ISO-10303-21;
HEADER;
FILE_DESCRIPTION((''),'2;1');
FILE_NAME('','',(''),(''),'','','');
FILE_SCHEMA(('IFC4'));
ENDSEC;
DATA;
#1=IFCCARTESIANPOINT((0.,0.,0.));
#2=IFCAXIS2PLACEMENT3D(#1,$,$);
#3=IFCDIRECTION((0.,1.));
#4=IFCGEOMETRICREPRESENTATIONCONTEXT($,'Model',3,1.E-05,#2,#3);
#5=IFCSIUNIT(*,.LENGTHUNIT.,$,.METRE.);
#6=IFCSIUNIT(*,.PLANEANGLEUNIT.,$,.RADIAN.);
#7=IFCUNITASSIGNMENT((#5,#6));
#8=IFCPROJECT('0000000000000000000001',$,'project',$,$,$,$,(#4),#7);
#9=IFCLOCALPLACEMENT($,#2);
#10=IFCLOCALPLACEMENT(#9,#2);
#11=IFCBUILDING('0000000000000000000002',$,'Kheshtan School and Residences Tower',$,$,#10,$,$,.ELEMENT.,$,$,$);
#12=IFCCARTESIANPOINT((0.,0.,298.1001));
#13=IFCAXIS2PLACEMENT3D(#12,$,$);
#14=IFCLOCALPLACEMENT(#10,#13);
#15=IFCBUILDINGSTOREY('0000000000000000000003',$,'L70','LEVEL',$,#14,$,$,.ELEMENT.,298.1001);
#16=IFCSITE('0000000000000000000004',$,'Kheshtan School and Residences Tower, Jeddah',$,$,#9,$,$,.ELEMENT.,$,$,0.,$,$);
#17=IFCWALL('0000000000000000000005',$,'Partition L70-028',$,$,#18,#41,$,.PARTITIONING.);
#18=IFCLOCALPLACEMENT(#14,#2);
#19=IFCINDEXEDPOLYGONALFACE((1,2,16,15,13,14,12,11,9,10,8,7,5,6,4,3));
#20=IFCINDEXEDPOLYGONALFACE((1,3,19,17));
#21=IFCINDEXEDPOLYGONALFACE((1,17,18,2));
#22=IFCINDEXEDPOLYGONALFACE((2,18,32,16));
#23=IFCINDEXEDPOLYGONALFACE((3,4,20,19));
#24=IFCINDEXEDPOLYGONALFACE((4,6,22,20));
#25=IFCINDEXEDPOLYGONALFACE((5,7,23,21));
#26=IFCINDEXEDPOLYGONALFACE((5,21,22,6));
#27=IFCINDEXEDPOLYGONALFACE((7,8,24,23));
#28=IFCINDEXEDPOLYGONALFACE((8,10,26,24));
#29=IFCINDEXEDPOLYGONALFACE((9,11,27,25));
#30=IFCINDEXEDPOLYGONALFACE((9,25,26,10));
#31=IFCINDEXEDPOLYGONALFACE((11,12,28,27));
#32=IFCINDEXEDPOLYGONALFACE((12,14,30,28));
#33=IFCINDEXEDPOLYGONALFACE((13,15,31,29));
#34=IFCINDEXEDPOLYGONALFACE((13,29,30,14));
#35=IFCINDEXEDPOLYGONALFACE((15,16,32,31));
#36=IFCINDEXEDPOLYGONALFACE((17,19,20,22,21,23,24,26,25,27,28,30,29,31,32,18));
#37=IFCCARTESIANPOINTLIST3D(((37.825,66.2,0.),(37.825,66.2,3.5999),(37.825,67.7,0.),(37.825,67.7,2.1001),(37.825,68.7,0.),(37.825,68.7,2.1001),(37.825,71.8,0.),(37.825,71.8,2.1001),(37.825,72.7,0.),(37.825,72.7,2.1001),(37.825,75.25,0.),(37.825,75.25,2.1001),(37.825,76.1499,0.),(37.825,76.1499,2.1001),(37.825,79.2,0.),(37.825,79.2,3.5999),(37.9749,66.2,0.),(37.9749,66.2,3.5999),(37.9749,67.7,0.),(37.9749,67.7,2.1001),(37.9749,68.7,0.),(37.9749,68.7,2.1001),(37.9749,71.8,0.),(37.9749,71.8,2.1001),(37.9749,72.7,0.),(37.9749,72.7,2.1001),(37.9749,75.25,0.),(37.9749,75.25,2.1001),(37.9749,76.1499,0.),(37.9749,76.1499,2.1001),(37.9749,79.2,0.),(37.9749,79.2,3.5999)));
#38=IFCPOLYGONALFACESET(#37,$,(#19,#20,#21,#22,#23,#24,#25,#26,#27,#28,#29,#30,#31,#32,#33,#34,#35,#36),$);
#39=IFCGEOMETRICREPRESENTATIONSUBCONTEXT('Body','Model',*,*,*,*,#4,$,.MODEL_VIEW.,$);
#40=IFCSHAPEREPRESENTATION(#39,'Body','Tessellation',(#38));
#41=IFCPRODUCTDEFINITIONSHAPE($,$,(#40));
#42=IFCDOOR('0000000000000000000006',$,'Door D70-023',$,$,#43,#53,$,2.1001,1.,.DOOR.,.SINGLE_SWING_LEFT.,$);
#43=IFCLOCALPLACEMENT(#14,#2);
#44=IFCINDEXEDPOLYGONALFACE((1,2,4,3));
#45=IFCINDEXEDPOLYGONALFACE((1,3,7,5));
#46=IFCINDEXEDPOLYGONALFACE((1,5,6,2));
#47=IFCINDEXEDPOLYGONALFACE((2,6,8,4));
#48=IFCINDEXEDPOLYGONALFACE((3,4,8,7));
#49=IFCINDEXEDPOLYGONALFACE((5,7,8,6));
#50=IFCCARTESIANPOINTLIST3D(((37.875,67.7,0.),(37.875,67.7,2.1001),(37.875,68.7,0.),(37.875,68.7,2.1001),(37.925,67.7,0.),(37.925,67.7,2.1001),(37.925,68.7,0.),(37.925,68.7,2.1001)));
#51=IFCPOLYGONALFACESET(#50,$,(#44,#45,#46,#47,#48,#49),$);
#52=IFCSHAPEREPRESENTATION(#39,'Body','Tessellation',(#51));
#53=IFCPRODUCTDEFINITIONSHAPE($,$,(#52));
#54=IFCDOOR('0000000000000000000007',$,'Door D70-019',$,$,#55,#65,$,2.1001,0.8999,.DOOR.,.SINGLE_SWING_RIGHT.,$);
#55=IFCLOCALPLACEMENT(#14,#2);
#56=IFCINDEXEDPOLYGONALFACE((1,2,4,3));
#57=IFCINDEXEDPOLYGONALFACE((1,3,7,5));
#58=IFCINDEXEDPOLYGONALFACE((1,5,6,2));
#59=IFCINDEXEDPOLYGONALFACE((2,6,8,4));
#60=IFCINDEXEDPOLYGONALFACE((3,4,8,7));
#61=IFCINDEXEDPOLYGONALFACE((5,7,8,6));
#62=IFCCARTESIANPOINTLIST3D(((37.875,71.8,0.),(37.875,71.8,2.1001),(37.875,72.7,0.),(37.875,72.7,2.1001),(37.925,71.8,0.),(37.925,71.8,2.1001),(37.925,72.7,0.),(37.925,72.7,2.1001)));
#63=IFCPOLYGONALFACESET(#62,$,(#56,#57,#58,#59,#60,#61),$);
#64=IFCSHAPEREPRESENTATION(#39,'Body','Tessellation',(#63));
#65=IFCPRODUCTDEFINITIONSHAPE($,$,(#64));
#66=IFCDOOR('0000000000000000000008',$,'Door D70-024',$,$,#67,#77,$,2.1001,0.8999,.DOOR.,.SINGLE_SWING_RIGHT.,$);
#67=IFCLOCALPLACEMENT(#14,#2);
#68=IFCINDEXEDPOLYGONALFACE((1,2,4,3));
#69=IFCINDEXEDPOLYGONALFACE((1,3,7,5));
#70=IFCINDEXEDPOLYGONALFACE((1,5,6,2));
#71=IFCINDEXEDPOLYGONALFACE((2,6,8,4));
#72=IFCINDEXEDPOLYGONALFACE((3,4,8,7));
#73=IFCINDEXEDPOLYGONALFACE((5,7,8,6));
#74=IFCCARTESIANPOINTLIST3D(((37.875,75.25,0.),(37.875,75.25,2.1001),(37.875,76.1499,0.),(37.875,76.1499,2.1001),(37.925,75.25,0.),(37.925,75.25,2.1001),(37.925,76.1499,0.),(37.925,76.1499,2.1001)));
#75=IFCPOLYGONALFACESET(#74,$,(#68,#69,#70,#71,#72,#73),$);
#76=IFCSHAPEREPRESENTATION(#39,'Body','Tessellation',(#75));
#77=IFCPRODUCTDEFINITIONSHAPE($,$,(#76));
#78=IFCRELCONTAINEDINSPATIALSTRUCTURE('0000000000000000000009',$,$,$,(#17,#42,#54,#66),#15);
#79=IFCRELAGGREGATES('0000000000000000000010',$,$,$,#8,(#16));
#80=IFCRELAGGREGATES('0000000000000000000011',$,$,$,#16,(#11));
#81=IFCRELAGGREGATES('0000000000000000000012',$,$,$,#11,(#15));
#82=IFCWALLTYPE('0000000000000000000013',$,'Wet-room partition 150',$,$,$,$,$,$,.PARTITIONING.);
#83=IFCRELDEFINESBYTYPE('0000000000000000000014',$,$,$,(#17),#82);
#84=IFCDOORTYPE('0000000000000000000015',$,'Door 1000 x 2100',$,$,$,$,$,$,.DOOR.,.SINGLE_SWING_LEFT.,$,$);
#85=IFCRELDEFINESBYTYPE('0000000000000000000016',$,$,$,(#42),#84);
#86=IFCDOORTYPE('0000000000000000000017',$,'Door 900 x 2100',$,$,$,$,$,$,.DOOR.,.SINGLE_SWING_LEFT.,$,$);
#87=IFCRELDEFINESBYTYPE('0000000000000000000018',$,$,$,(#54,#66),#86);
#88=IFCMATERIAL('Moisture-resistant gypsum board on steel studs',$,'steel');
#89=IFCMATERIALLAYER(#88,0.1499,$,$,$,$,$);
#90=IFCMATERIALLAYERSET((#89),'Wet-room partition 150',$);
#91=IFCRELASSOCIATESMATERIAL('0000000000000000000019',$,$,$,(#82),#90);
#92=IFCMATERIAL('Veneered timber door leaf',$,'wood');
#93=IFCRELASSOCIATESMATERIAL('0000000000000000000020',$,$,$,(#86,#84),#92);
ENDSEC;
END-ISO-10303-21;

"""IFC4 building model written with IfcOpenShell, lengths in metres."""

from ifc_helpers import new_model, si_unit, direction, frame, frame_2d, origin, place, context, subcontext, project, spatial, rectangle, extrude, source, transform, mapped, material, layer, layer_set, type_object, element, fill, save


model = new_model("IFC4")

# Units and contexts
model_context = context("Model", 3, precision=1e-05, world=origin(), true_north=direction((0.0, 1.0)))
body_context = subcontext(model_context, "Body", "Model", "MODEL_VIEW")
ifc_project = project(units=[si_unit("LENGTHUNIT", "METRE"), si_unit("PLANEANGLEUNIT", "RADIAN")], contexts=[model_context])

# Site, building, storey
site_placement = place(None, origin())
site = spatial("IfcSite", under=ifc_project, at=site_placement, Name="Kheshtan School and Residences Tower, Jeddah", CompositionType="ELEMENT", RefElevation=0.0)
building_placement = place(site_placement, origin())
building = spatial("IfcBuilding", under=site, at=building_placement, Name="Kheshtan School and Residences Tower", CompositionType="ELEMENT")
storey_placement = place(building_placement, frame((0.0, 0.0, 298.1001)))
storey = spatial("IfcBuildingStorey", under=building, at=storey_placement, Name="L70", Description="LEVEL", CompositionType="ELEMENT", Elevation=298.1001)

# Shared definitions
ifc_material_1 = material(Name="Moisture-resistant gypsum board on steel studs", Category="steel")
ifc_layer_1 = layer(ifc_material_1, 0.1499)
ifc_layer_set_1 = layer_set([ifc_layer_1], Name="Wet-room partition 150")
wall_type_1 = type_object("IfcWallType", Name="Wet-room partition 150", PredefinedType="PARTITIONING", material=ifc_layer_set_1)

# Shared definitions
ifc_material_2 = material(Name="Veneered timber door leaf", Category="wood")

# Wall, openings, doors
door_type_1 = type_object("IfcDoorType", Name="Door 900 x 2100", OperationType="SINGLE_SWING_LEFT", PredefinedType="DOOR", material=ifc_material_2)
shared_shape_1 = source(origin(), body_context, "Body", "SweptSolid", [
    extrude(rectangle(XDim=0.8999, YDim=2.1001, at=frame_2d((0.45, 1.05))), frame((0.0, 0.0249, 0.0), z_axis=(0.0, -1.0, 0.0), x_axis=(1.0, 0.0, 0.0)), (0.0, 0.0, 1.0), 0.05),
])
wall_1_placement = place(storey_placement, frame((37.8999, 66.2, 0.0), z_axis=(0.0, 0.0, 1.0), x_axis=(0.0, 1.0, 0.0)))
wall_1 = element("IfcWall", 1, at=wall_1_placement, inside=storey, type_object=wall_type_1, Name="Partition L70-028", PredefinedType="PARTITIONING", context=body_context, shape_type="SweptSolid", body=[
    extrude(rectangle(XDim=13.0, YDim=0.1499, at=frame_2d((6.5, 0.0))), origin(), (0.0, 0.0, 1.0), 3.5999),
])
opening_1_placement = place(wall_1_placement, frame((5.6001, 0.0, 0.0)))
opening_1 = element("IfcOpeningElement", 2, at=opening_1_placement, cuts=wall_1, PredefinedType="OPENING", context=body_context, shape_type="SweptSolid", body=[
    extrude(rectangle(XDim=0.8999, YDim=2.1001, at=frame_2d((0.45, 1.05))), frame((0.0, 0.085, 0.0), z_axis=(0.0, -1.0, 0.0), x_axis=(1.0, 0.0, 0.0)), (0.0, 0.0, 1.0), 0.1699),
])
opening_2_placement = place(wall_1_placement, frame((1.5, 0.0, 0.0)))
opening_2 = element("IfcOpeningElement", 3, at=opening_2_placement, cuts=wall_1, PredefinedType="OPENING", context=body_context, shape_type="SweptSolid", body=[
    extrude(rectangle(XDim=1.0, YDim=2.1001, at=frame_2d((0.5, 1.05))), frame((0.0, 0.085, 0.0), z_axis=(0.0, -1.0, 0.0), x_axis=(1.0, 0.0, 0.0)), (0.0, 0.0, 1.0), 0.1699),
])
opening_3_placement = place(wall_1_placement, frame((9.05, 0.0, 0.0)))
opening_3 = element("IfcOpeningElement", 4, at=opening_3_placement, cuts=wall_1, PredefinedType="OPENING", context=body_context, shape_type="SweptSolid", body=[
    extrude(rectangle(XDim=0.8999, YDim=2.1001, at=frame_2d((0.45, 1.05))), frame((0.0, 0.085, 0.0), z_axis=(0.0, -1.0, 0.0), x_axis=(1.0, 0.0, 0.0)), (0.0, 0.0, 1.0), 0.1699),
])
door_type_2 = type_object("IfcDoorType", Name="Door 1000 x 2100", OperationType="SINGLE_SWING_LEFT", PredefinedType="DOOR", material=ifc_material_2)
shared_shape_2 = source(origin(), body_context, "Body", "SweptSolid", [
    extrude(rectangle(XDim=1.0, YDim=2.1001, at=frame_2d((0.5, 1.05))), frame((0.0, 0.0249, 0.0), z_axis=(0.0, -1.0, 0.0), x_axis=(1.0, 0.0, 0.0)), (0.0, 0.0, 1.0), 0.05),
])
door_1_placement = place(opening_2_placement, origin())
door_1 = element("IfcDoor", 5, at=door_1_placement, inside=storey, type_object=door_type_2, Name="Door D70-023", OperationType="SINGLE_SWING_LEFT", OverallHeight=2.1001, OverallWidth=1.0, PredefinedType="DOOR", context=body_context, shape_type="MappedRepresentation", body=[
    mapped(shared_shape_2, transform((0.0, 0.0, 0.0), x_axis=(1.0, 0.0, 0.0), y_axis=(0.0, 1.0, 0.0), z_axis=(0.0, 0.0, 1.0), scale=1.0)),
])
fill(opening_2, door_1)
door_2_placement = place(opening_1_placement, origin())
door_2 = element("IfcDoor", 6, at=door_2_placement, inside=storey, type_object=door_type_1, Name="Door D70-019", OperationType="SINGLE_SWING_RIGHT", OverallHeight=2.1001, OverallWidth=0.8999, PredefinedType="DOOR", context=body_context, shape_type="MappedRepresentation", body=[
    mapped(shared_shape_1, transform((0.0, 0.0, 0.0), x_axis=(1.0, 0.0, 0.0), y_axis=(0.0, 1.0, 0.0), z_axis=(0.0, 0.0, 1.0), scale=1.0)),
])
fill(opening_1, door_2)
door_3_placement = place(opening_3_placement, origin())
door_3 = element("IfcDoor", 7, at=door_3_placement, inside=storey, type_object=door_type_1, Name="Door D70-024", OperationType="SINGLE_SWING_RIGHT", OverallHeight=2.1001, OverallWidth=0.8999, PredefinedType="DOOR", context=body_context, shape_type="MappedRepresentation", body=[
    mapped(shared_shape_1, transform((0.0, 0.0, 0.0), x_axis=(1.0, 0.0, 0.0), y_axis=(0.0, 1.0, 0.0), z_axis=(0.0, 0.0, 1.0), scale=1.0)),
])
fill(opening_3, door_3)

save(model, "model.ifc")
